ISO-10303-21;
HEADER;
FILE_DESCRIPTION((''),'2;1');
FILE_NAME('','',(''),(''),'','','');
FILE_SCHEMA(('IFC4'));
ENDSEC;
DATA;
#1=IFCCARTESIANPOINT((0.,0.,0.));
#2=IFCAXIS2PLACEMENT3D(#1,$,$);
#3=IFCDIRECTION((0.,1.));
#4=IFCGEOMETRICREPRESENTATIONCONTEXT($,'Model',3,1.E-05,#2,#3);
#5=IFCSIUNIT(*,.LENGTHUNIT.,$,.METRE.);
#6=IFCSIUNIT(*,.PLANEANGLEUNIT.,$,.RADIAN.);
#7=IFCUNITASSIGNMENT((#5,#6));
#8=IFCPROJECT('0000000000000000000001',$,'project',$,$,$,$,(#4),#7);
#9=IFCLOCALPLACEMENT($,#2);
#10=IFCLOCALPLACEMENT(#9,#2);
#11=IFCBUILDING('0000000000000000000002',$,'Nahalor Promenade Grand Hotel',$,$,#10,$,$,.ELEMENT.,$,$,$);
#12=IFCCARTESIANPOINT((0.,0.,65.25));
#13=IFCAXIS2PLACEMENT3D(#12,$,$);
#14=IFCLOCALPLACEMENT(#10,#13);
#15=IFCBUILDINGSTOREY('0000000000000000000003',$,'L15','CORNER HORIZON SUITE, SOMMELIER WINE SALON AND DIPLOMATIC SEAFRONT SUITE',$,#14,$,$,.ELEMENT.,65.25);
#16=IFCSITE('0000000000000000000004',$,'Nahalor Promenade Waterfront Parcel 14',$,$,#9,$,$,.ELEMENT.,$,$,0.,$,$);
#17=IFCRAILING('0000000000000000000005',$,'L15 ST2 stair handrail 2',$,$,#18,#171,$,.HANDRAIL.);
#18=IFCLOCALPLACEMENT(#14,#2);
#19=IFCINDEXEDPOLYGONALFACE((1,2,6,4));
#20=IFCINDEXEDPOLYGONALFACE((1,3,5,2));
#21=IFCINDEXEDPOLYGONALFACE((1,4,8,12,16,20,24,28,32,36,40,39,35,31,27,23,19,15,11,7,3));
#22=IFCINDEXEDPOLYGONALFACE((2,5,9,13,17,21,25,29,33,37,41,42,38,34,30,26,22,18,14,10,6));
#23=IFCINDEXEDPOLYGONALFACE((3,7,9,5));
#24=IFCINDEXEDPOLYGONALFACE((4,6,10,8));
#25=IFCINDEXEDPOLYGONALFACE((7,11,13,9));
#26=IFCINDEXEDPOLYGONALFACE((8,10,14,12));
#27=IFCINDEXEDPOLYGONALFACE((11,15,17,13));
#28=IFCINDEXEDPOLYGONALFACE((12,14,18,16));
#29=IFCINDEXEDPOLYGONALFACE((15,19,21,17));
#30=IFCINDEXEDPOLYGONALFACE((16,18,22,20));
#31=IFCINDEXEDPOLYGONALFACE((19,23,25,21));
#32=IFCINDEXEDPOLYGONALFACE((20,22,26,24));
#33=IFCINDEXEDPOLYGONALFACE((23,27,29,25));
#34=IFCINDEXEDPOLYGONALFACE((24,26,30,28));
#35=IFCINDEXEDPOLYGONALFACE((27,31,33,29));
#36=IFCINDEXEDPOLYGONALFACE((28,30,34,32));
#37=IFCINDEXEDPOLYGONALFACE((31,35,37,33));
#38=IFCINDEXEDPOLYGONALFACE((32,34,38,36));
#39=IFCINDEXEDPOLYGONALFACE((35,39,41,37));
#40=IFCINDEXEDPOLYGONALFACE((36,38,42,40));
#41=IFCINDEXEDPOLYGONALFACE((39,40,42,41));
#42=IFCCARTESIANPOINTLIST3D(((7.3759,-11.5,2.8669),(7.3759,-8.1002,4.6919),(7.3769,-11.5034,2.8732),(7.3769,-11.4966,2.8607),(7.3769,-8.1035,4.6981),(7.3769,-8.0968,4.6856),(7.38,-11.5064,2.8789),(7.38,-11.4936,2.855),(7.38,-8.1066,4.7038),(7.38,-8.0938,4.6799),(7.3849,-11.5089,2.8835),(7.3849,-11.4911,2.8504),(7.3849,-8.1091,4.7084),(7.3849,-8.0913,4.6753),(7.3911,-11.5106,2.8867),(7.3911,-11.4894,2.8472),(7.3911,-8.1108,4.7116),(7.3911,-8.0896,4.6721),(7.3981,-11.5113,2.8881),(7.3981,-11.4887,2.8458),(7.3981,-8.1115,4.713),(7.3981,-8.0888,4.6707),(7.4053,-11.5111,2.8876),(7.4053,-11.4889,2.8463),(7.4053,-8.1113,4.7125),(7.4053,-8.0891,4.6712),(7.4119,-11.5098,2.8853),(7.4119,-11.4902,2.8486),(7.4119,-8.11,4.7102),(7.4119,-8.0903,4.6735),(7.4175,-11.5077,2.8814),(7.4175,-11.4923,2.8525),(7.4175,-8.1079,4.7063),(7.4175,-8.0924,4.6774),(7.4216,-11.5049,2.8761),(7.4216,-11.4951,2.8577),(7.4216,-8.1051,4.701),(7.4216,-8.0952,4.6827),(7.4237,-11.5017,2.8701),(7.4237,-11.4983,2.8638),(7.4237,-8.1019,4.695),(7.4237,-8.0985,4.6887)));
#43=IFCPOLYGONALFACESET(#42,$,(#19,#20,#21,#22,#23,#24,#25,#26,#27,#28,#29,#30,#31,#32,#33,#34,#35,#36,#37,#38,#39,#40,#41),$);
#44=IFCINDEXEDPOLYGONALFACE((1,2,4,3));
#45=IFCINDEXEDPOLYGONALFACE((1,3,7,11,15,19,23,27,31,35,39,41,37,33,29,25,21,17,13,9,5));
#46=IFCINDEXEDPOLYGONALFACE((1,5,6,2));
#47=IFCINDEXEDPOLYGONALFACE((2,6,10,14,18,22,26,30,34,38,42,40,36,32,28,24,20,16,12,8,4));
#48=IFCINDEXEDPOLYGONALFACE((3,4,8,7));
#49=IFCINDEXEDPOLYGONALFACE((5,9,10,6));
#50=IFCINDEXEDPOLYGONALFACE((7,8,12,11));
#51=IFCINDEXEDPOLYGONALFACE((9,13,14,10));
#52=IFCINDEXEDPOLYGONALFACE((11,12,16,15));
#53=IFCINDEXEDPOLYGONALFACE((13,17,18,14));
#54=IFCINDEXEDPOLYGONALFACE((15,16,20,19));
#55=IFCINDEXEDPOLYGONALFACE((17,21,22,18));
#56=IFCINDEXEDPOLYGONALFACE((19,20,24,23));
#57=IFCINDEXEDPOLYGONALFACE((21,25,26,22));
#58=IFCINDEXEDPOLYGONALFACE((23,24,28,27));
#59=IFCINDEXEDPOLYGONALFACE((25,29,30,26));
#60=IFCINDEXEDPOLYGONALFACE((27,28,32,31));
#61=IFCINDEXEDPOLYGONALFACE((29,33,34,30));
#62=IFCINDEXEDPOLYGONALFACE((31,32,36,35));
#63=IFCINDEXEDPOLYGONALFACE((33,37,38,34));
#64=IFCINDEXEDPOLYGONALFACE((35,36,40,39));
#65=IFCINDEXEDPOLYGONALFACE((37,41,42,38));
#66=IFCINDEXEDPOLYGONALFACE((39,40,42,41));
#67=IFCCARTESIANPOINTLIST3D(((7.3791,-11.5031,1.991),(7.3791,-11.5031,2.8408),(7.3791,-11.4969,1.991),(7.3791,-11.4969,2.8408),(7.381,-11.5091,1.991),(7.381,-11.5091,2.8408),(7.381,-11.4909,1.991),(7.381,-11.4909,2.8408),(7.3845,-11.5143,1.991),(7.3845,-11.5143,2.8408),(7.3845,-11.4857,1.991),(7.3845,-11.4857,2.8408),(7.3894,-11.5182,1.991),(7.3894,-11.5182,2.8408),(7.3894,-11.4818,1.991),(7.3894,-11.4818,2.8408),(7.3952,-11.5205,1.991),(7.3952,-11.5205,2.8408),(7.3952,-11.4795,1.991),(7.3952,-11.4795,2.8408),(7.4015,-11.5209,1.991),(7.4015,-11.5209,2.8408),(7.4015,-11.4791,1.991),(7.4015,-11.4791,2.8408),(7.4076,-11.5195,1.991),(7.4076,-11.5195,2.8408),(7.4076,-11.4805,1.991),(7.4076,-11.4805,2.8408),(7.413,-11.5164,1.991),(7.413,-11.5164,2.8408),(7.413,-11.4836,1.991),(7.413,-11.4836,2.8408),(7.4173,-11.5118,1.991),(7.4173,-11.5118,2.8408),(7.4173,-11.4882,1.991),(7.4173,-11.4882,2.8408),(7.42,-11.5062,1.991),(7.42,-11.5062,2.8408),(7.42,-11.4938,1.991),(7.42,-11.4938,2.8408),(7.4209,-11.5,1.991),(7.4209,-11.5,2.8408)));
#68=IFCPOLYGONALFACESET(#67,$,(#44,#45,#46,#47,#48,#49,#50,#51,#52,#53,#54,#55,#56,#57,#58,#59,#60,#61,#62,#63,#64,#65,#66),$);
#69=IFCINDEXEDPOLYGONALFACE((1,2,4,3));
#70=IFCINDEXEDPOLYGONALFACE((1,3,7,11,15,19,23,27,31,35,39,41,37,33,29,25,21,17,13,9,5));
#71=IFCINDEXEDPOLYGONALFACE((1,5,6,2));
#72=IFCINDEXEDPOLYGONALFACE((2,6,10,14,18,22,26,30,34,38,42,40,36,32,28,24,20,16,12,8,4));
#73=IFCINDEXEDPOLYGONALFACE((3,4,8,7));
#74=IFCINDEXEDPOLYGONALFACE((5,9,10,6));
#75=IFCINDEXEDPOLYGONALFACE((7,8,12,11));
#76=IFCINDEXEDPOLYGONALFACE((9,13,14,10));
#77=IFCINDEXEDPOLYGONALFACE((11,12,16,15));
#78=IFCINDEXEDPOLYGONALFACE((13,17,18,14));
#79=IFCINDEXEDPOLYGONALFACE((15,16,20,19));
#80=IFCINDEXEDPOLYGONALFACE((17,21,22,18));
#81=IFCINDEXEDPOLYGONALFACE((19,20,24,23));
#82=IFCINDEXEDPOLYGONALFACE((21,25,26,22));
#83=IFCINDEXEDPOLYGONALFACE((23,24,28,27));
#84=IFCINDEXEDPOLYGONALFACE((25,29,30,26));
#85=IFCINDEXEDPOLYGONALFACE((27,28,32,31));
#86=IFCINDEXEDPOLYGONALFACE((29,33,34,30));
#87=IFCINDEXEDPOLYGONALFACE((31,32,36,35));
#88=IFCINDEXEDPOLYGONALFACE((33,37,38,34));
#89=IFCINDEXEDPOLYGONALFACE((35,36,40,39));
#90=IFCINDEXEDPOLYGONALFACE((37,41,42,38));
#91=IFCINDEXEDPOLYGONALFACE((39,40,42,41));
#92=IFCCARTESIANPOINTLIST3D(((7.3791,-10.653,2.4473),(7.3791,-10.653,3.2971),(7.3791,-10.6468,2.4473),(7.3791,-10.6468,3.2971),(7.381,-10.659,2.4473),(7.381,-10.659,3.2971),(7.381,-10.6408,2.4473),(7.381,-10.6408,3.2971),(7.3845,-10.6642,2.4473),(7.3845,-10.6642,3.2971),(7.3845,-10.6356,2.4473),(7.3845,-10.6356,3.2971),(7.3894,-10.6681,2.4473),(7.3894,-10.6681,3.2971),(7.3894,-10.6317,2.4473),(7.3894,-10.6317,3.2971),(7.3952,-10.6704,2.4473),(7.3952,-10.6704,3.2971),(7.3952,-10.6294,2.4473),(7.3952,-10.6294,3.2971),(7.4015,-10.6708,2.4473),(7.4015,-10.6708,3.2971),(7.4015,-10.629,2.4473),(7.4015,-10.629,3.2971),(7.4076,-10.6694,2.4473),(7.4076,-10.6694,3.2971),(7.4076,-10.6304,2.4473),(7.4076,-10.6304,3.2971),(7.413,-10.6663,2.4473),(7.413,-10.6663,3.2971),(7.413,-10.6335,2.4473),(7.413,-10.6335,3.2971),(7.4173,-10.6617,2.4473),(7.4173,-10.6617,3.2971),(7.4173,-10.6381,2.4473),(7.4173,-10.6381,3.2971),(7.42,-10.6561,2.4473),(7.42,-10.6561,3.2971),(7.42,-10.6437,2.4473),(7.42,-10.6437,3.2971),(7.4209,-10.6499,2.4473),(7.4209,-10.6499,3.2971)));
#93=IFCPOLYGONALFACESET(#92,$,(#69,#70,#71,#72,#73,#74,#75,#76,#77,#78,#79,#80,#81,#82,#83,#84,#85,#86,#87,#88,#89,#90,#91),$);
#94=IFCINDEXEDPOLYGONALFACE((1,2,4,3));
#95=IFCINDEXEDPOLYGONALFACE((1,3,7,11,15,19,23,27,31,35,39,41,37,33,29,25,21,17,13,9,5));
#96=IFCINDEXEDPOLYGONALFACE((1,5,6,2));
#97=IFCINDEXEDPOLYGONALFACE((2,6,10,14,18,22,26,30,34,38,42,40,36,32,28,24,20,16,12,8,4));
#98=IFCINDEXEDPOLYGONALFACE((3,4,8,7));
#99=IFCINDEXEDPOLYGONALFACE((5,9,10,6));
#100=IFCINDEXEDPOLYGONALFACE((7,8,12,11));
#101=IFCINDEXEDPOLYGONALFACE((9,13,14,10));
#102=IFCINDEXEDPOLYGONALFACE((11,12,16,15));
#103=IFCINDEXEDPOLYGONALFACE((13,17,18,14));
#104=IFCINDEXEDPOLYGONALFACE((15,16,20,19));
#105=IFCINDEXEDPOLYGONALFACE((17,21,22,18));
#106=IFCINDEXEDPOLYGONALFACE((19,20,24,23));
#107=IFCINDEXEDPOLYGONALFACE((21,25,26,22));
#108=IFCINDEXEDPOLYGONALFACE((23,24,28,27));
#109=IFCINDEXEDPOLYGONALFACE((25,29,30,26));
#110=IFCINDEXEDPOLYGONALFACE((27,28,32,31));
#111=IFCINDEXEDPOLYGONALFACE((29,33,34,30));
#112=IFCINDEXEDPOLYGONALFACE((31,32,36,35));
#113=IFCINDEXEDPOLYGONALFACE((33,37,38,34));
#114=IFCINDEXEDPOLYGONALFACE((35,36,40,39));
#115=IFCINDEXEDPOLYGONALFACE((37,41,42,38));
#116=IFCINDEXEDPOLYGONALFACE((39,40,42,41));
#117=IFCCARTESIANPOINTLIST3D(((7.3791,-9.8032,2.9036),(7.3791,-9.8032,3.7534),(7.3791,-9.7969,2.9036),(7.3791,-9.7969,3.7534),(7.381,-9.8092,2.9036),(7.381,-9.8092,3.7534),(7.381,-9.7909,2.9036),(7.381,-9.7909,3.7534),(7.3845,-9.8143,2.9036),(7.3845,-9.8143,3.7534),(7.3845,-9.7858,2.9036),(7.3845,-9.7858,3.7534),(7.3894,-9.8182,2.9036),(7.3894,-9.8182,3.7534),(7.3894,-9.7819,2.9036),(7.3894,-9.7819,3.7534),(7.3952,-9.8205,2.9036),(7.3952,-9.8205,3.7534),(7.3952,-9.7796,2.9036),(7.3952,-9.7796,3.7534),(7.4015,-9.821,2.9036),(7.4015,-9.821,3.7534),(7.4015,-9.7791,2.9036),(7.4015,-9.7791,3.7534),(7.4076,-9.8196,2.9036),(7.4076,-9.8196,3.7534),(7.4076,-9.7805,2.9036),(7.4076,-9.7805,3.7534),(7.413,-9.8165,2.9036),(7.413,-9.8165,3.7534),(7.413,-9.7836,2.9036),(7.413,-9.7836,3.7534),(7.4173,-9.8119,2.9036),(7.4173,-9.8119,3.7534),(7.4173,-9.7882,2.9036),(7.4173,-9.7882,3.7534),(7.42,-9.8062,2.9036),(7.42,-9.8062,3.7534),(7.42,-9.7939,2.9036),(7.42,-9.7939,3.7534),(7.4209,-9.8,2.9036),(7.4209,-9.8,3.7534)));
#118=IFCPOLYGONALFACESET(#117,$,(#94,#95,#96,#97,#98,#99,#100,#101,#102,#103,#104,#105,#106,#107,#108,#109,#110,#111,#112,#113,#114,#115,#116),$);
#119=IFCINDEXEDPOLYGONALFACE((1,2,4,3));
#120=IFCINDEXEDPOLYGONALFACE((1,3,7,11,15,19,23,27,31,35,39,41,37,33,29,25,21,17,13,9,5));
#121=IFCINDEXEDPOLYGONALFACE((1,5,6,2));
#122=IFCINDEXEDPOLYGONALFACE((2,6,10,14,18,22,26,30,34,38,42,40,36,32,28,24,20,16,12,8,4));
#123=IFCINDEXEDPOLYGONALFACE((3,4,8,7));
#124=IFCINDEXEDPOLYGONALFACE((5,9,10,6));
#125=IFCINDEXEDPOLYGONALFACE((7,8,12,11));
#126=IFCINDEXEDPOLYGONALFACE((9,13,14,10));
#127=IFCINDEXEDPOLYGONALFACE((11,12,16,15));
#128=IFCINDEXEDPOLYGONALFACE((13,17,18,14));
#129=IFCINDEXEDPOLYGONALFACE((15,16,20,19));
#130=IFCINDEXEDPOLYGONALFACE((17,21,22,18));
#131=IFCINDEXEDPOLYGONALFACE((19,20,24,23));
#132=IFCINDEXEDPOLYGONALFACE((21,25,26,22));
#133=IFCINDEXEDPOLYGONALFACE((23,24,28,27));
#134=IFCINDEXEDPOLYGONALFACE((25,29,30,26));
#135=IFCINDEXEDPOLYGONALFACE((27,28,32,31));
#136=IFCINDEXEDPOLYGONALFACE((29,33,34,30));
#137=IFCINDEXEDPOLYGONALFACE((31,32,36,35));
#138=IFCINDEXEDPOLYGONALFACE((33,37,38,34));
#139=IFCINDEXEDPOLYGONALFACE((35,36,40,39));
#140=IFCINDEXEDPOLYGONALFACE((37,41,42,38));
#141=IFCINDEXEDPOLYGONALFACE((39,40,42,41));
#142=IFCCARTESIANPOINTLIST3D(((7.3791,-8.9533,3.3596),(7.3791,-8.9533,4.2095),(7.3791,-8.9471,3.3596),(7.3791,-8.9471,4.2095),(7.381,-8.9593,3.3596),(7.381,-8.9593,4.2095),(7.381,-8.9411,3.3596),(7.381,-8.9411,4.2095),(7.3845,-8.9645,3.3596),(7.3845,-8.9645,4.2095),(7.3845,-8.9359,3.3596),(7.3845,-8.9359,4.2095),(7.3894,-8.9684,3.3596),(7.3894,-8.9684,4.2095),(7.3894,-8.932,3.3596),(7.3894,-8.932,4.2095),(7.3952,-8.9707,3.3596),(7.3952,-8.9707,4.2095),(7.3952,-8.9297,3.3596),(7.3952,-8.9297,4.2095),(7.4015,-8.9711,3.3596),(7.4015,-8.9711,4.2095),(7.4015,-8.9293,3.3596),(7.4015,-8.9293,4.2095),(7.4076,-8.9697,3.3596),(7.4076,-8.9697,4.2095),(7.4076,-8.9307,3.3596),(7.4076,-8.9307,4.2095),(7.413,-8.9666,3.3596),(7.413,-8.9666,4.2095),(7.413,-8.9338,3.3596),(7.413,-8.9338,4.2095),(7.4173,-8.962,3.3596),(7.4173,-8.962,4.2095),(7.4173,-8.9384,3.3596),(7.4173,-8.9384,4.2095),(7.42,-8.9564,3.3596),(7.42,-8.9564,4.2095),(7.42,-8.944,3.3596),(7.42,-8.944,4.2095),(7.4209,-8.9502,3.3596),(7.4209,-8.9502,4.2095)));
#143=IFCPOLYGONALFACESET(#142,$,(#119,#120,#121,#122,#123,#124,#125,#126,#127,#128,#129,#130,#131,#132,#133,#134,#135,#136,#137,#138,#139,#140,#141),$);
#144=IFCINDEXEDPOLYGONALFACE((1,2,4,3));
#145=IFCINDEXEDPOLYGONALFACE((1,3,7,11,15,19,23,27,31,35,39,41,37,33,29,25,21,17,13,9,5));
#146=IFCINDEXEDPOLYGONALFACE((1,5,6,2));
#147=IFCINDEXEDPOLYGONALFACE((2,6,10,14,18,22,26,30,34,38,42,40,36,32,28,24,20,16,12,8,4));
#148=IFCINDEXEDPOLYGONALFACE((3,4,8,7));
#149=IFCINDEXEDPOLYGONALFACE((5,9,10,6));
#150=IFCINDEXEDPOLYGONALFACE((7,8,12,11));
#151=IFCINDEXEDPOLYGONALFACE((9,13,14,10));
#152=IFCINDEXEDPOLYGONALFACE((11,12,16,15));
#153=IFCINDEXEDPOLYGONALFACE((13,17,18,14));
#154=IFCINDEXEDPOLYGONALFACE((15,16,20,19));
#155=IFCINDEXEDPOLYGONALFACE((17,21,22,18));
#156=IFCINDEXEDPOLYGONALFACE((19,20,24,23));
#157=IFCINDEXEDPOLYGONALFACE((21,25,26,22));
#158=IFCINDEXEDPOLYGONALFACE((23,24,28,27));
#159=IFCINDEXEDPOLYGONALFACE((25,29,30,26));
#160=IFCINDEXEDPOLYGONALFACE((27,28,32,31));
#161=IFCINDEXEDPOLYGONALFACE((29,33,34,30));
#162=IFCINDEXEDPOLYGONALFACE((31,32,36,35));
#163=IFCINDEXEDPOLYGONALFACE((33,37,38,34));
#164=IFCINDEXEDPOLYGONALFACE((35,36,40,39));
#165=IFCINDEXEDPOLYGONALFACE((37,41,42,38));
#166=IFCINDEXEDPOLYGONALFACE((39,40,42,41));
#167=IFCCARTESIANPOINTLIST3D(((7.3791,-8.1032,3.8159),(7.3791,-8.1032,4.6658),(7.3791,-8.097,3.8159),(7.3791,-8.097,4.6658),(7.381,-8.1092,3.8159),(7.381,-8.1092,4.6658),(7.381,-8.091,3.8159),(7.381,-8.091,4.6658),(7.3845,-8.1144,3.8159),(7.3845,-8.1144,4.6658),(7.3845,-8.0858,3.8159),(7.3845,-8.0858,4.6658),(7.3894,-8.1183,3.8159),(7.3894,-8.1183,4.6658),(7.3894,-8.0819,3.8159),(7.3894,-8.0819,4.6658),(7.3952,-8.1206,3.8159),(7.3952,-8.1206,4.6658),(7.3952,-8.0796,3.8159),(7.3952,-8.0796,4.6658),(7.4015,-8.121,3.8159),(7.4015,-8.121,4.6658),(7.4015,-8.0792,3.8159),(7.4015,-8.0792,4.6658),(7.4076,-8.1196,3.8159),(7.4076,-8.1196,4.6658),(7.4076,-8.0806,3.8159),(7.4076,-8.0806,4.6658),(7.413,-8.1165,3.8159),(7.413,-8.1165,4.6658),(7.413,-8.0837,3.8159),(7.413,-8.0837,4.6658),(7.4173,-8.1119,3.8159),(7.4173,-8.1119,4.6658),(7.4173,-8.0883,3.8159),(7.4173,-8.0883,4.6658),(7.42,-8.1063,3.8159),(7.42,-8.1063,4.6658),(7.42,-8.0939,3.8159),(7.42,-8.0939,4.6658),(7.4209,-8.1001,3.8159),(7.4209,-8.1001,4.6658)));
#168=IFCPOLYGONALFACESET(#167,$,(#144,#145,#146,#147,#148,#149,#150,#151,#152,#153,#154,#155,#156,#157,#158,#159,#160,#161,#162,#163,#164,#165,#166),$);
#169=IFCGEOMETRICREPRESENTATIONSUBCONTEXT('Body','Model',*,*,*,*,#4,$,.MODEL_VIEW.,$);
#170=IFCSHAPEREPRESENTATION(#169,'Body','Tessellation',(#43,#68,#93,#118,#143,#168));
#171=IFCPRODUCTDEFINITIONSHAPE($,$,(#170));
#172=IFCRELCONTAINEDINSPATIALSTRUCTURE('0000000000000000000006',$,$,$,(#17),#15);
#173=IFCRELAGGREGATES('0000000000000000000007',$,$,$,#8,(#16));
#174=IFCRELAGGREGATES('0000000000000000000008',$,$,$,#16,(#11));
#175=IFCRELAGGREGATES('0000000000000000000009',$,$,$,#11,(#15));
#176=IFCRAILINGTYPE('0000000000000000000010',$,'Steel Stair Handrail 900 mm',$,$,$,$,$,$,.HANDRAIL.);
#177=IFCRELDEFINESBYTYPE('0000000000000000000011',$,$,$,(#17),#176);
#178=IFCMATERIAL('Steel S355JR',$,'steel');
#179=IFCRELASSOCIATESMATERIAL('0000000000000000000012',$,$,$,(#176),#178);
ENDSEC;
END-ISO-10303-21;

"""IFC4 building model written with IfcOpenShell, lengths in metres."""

from ifc_helpers import new_model, si_unit, direction, frame, origin, origin_2d, place, context, subcontext, project, spatial, circle, extrude, material, type_object, element, save


model = new_model("IFC4")

# Units and contexts
model_context = context("Model", 3, precision=1e-05, world=origin(), true_north=direction((0.0, 1.0)))
body_context = subcontext(model_context, "Body", "Model", "MODEL_VIEW")
ifc_project = project(units=[si_unit("LENGTHUNIT", "METRE"), si_unit("PLANEANGLEUNIT", "RADIAN")], contexts=[model_context])

# Site, building, storey
site_placement = place(None, origin())
site = spatial("IfcSite", under=ifc_project, at=site_placement, Name="Nahalor Promenade Waterfront Parcel 14", CompositionType="ELEMENT", RefElevation=0.0)
building_placement = place(site_placement, origin())
building = spatial("IfcBuilding", under=site, at=building_placement, Name="Nahalor Promenade Grand Hotel", CompositionType="ELEMENT")
storey_placement = place(building_placement, frame((0.0, 0.0, 65.25)))
storey = spatial("IfcBuildingStorey", under=building, at=storey_placement, Name="L15", Description="CORNER HORIZON SUITE, SOMMELIER WINE SALON AND DIPLOMATIC SEAFRONT SUITE", CompositionType="ELEMENT", Elevation=65.25)

# Shared definitions
ifc_material_1 = material(Name="Steel S355JR", Category="steel")

# Railing
railing_type_1 = type_object("IfcRailingType", Name="Steel Stair Handrail 900 mm", PredefinedType="HANDRAIL", material=ifc_material_1)
railing_1_placement = place(storey_placement, frame((7.3999, -11.5, 1.991)))
element("IfcRailing", 1, at=railing_1_placement, inside=storey, type_object=railing_type_1, Name="L15 ST2 stair handrail 2", PredefinedType="HANDRAIL", context=body_context, shape_type="SweptSolid", body=[
    extrude(circle(Radius=0.024, at=origin_2d()), frame((0.0, 0.0, 0.876), z_axis=(0.0, 0.881094, 0.472941), x_axis=(-1.0, 0.0, 0.0)), (0.0, 0.0, 1.0), 3.8586),
    extrude(circle(Radius=0.021, at=origin_2d()), origin(), (0.0, 0.0, 1.0), 0.8499),
    extrude(circle(Radius=0.021, at=origin_2d()), frame((0.0, 0.8501, 0.4563)), (0.0, 0.0, 1.0), 0.8499),
    extrude(circle(Radius=0.021, at=origin_2d()), frame((0.0, 1.7, 0.9126)), (0.0, 0.0, 1.0), 0.8499),
    extrude(circle(Radius=0.021, at=origin_2d()), frame((0.0, 2.5498, 1.3687)), (0.0, 0.0, 1.0), 0.8499),
    extrude(circle(Radius=0.021, at=origin_2d()), frame((0.0, 3.3999, 1.825)), (0.0, 0.0, 1.0), 0.8499),
])

save(model, "model.ifc")
